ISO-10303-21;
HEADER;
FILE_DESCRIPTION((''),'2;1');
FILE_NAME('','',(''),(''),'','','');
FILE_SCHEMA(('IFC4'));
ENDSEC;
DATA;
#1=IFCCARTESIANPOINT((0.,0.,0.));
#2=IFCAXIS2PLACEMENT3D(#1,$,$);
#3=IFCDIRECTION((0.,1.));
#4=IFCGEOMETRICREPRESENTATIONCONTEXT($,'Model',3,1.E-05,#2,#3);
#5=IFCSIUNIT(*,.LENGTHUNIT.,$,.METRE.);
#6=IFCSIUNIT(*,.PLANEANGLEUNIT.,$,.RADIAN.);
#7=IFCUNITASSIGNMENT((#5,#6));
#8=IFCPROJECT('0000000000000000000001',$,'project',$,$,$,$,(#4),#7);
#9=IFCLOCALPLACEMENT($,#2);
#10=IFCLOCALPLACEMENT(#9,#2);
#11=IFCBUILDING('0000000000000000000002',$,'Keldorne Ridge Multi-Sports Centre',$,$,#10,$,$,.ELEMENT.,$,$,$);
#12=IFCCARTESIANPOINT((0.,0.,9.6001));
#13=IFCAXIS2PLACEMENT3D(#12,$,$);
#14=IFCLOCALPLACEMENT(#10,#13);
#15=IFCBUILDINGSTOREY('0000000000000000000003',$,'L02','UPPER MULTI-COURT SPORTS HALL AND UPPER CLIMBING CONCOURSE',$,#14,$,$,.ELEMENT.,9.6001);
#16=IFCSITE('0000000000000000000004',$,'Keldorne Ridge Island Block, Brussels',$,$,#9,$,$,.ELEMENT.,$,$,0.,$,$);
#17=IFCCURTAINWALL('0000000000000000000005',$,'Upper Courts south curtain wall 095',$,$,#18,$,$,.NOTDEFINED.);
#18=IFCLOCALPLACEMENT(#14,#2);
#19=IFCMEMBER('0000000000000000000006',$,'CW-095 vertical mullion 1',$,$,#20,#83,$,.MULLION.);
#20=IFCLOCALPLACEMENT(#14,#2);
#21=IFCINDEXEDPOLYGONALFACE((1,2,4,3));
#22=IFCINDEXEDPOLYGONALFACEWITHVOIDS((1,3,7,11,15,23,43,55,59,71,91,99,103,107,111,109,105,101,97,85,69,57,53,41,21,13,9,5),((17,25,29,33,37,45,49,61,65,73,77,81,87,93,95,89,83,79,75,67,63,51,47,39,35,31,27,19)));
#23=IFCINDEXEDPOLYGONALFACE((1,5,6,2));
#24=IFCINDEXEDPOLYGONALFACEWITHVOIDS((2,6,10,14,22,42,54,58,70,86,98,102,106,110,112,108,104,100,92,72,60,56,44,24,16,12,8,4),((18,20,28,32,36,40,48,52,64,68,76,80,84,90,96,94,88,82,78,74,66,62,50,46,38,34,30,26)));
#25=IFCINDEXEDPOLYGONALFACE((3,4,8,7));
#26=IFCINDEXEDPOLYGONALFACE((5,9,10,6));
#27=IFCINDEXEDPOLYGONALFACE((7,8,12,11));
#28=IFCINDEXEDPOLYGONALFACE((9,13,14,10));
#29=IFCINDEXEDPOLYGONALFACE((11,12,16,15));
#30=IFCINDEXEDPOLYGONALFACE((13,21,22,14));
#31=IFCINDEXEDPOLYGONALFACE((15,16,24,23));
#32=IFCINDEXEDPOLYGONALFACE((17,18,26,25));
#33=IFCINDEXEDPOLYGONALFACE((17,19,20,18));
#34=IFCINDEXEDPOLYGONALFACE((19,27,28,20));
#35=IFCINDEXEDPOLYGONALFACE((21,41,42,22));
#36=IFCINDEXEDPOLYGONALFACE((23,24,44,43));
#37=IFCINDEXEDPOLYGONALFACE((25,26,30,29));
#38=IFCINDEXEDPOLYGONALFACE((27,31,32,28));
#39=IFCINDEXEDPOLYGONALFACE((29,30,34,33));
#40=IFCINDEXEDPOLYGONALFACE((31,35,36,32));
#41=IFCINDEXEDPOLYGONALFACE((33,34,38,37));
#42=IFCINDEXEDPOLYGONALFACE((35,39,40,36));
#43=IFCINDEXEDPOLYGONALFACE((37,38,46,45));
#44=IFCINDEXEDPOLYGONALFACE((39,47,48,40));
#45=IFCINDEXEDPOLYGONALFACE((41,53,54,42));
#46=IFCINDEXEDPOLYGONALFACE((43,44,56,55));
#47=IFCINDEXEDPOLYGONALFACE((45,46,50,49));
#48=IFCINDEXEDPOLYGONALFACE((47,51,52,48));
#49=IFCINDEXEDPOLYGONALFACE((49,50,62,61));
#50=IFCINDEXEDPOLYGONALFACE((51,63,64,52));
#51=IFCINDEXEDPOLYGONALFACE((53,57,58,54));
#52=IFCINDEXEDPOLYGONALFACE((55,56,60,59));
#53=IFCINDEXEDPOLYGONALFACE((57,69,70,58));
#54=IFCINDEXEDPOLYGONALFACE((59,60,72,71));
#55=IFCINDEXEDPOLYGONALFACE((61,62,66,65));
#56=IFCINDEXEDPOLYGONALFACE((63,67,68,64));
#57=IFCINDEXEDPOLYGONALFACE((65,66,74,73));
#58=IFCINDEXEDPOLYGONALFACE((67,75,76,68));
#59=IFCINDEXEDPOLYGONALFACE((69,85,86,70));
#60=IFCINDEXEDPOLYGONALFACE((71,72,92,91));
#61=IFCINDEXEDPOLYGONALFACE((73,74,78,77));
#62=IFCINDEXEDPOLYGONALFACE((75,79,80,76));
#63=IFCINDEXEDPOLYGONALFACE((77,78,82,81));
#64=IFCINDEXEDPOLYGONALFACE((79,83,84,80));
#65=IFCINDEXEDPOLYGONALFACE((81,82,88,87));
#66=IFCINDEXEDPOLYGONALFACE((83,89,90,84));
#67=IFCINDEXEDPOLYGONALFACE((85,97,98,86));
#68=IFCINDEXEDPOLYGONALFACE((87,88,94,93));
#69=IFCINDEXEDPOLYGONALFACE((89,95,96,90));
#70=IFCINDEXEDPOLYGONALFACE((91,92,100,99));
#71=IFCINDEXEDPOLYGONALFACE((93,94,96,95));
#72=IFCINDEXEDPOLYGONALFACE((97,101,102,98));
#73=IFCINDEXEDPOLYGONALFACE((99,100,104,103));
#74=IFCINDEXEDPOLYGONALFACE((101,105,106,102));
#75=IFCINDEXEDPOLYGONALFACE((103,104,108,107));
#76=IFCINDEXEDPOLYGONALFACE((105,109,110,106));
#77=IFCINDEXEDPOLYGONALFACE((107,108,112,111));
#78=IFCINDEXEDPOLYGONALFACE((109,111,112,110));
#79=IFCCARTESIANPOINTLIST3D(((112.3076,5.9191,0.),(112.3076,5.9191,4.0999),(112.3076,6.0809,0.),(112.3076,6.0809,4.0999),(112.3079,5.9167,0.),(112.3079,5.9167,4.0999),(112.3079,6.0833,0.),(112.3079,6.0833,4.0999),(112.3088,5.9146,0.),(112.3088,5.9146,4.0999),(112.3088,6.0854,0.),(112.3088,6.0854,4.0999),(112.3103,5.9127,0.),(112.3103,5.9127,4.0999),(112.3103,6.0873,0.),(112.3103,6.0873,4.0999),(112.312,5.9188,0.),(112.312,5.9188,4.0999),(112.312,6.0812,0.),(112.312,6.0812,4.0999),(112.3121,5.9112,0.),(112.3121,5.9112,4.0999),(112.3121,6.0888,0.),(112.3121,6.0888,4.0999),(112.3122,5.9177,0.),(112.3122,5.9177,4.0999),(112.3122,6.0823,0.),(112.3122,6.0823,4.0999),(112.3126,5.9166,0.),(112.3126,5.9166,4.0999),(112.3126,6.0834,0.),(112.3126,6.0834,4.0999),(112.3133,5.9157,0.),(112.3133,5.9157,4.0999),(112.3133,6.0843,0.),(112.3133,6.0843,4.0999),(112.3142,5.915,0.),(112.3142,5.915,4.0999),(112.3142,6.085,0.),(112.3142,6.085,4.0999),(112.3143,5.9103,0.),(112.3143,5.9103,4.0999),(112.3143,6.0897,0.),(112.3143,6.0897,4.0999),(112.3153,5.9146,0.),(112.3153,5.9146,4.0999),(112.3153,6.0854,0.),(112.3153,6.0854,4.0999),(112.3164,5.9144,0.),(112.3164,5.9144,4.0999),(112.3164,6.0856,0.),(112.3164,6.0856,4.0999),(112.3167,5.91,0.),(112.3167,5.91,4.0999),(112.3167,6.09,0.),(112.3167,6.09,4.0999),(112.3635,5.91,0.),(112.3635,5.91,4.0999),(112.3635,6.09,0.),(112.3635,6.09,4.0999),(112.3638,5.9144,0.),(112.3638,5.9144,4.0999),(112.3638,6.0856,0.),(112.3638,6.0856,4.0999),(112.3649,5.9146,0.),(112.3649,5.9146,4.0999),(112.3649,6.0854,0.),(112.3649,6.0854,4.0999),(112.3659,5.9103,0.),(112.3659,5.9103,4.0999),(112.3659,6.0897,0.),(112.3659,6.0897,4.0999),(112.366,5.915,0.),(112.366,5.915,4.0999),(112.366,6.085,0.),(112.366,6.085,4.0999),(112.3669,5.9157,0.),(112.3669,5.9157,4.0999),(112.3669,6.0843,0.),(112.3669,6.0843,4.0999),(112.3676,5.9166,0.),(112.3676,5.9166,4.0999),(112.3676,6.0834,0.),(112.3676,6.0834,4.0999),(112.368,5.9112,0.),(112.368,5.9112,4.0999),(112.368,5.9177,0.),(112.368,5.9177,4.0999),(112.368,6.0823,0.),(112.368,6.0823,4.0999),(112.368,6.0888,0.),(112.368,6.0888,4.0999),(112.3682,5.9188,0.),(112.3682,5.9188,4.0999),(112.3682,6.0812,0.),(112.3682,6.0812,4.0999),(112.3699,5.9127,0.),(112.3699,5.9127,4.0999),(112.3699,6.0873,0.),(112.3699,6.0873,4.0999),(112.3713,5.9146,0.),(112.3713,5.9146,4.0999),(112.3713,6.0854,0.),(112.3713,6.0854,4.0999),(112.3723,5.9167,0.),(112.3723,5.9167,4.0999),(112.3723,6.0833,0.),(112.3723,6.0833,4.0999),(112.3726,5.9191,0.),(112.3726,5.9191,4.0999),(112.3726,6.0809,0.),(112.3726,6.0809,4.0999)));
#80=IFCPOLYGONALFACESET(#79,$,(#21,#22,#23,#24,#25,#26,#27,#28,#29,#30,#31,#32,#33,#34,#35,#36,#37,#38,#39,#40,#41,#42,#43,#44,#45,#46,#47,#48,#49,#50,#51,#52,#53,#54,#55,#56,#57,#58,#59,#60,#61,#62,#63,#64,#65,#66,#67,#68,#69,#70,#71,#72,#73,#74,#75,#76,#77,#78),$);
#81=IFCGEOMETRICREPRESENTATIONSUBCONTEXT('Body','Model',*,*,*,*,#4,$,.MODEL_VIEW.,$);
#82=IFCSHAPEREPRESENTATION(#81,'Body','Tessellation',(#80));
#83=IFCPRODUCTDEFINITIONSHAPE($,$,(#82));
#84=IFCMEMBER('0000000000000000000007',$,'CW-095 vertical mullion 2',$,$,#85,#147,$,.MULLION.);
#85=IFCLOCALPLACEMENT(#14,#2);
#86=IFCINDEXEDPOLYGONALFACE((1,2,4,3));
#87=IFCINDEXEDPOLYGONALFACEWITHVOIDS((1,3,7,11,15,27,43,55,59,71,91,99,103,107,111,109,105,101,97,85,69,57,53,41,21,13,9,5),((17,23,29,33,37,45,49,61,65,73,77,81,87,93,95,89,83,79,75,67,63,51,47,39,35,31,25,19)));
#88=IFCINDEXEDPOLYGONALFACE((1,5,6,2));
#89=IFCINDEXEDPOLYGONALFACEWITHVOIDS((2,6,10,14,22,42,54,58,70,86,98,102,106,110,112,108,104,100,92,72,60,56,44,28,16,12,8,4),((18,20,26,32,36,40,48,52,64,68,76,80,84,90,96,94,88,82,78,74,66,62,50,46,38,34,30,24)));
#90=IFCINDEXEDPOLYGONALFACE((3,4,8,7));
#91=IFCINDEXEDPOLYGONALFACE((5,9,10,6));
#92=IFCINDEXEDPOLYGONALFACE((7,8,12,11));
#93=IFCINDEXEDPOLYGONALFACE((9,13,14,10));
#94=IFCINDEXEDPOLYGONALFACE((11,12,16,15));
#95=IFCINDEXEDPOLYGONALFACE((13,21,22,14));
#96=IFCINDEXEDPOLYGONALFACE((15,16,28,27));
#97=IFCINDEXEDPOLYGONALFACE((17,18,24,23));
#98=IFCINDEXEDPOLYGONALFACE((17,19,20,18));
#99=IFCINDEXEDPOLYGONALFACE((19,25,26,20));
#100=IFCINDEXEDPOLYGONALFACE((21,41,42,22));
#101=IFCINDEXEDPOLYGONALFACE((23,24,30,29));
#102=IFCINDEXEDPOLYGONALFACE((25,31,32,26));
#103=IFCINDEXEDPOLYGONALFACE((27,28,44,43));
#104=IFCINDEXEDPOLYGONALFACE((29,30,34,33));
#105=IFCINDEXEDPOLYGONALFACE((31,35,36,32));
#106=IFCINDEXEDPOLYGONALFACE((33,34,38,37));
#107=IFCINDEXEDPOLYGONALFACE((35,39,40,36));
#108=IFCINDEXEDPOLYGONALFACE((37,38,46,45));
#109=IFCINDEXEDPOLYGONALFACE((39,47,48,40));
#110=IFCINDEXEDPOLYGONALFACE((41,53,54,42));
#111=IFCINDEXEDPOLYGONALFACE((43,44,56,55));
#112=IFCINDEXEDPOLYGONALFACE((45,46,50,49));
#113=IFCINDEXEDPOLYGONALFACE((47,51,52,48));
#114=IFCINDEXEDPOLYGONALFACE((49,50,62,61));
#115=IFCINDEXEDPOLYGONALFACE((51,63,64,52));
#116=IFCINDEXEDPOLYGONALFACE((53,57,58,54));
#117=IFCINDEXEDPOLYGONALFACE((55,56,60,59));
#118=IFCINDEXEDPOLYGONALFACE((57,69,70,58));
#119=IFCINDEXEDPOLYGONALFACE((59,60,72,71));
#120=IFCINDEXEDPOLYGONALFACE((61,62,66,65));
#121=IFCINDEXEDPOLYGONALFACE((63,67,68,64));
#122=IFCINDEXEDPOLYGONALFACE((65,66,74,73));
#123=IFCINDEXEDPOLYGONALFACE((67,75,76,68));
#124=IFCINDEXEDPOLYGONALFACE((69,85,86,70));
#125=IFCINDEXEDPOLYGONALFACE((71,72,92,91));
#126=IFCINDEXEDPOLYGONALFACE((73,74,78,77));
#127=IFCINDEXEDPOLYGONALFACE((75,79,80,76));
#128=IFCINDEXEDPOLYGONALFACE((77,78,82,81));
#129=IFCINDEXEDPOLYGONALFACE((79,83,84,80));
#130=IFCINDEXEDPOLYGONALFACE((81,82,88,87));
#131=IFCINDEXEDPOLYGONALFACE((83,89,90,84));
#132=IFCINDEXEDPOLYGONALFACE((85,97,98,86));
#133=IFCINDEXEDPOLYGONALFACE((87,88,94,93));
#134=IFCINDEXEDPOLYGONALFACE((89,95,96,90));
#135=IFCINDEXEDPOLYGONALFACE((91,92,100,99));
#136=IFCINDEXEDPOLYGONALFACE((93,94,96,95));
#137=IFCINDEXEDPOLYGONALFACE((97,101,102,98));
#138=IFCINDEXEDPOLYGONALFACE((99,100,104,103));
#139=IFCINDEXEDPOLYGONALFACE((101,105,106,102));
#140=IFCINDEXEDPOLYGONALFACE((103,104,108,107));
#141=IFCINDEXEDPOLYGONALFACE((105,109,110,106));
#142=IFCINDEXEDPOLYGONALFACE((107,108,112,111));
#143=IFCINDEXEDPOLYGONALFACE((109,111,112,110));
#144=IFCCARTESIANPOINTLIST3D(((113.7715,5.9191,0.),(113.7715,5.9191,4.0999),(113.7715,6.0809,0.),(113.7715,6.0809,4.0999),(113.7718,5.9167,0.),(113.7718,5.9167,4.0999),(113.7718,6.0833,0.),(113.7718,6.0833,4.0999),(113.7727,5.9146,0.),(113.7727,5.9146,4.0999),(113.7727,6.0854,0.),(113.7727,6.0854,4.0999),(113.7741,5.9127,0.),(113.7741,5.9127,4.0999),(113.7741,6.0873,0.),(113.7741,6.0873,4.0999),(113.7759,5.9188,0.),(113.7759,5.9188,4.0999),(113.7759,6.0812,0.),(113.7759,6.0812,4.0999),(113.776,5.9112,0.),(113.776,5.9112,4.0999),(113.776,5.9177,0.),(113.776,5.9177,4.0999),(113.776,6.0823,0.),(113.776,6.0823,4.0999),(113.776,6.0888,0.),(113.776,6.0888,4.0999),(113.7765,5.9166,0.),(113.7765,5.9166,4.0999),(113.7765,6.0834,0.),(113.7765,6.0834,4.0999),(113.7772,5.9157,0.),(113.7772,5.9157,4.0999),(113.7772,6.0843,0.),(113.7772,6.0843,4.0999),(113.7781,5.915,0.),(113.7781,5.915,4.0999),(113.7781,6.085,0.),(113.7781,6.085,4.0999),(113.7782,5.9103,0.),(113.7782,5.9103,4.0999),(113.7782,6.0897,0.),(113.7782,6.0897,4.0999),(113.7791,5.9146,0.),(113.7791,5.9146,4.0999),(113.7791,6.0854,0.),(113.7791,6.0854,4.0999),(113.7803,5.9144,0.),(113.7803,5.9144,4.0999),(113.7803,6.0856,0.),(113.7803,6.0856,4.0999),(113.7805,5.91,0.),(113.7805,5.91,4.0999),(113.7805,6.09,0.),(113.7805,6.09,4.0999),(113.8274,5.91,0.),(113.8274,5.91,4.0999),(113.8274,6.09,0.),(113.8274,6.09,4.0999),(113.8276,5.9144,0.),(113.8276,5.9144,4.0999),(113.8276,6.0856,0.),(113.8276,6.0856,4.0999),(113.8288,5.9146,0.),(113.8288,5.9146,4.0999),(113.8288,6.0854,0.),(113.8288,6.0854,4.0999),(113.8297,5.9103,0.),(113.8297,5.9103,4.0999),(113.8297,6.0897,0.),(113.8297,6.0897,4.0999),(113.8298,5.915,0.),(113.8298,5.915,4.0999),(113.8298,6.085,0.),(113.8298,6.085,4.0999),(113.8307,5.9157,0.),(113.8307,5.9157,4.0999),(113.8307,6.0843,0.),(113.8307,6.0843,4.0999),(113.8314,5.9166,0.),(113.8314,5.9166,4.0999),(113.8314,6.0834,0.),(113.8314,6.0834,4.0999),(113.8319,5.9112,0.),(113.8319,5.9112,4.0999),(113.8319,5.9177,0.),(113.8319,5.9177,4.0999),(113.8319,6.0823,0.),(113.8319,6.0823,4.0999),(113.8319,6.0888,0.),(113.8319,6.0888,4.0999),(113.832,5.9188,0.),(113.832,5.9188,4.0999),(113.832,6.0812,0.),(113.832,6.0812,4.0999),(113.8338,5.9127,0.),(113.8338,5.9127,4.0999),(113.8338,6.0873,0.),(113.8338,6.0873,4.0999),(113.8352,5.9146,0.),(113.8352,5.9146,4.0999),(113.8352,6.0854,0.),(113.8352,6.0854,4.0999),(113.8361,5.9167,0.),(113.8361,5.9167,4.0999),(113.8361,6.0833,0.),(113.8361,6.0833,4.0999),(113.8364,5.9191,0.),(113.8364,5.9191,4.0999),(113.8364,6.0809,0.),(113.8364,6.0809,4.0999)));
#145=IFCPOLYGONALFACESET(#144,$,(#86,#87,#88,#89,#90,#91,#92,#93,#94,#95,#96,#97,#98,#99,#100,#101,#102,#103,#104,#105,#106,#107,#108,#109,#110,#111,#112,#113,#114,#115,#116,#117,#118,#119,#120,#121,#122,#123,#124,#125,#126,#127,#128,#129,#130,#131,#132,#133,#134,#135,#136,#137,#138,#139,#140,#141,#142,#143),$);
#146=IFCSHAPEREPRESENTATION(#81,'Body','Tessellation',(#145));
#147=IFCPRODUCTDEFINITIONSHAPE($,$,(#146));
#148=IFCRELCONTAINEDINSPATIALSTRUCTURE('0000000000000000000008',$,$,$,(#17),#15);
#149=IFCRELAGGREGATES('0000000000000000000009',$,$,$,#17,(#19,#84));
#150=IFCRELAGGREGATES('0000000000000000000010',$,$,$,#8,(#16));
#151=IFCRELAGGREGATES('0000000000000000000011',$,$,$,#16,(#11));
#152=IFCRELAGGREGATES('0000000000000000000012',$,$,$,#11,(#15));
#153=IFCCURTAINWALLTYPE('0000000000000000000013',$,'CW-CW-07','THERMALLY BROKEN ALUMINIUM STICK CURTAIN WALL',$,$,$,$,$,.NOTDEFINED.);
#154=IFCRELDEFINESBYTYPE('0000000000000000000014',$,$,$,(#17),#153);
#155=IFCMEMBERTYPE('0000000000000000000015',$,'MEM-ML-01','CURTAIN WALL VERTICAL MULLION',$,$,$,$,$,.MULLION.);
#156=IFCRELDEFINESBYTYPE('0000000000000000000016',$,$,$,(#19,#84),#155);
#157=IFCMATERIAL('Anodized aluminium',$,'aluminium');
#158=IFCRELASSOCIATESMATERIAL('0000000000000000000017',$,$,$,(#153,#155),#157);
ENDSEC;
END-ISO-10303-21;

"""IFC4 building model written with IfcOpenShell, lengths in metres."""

from ifc_helpers import new_model, si_unit, direction, frame, origin, origin_2d, place, context, subcontext, project, spatial, hollow_rectangle, extrude, material, material_profile, profile_set, type_object, element, aggregate, save


model = new_model("IFC4")

# Units and contexts
model_context = context("Model", 3, precision=1e-05, world=origin(), true_north=direction((0.0, 1.0)))
body_context = subcontext(model_context, "Body", "Model", "MODEL_VIEW")
ifc_project = project(units=[si_unit("LENGTHUNIT", "METRE"), si_unit("PLANEANGLEUNIT", "RADIAN")], contexts=[model_context])

# Site, building, storey
site_placement = place(None, origin())
site = spatial("IfcSite", under=ifc_project, at=site_placement, Name="Keldorne Ridge Island Block, Brussels", CompositionType="ELEMENT", RefElevation=0.0)
building_placement = place(site_placement, origin())
building = spatial("IfcBuilding", under=site, at=building_placement, Name="Keldorne Ridge Multi-Sports Centre", CompositionType="ELEMENT")
storey_placement = place(building_placement, frame((0.0, 0.0, 9.6001)))
storey = spatial("IfcBuildingStorey", under=building, at=storey_placement, Name="L02", Description="UPPER MULTI-COURT SPORTS HALL AND UPPER CLIMBING CONCOURSE", CompositionType="ELEMENT", Elevation=9.6001)

# Curtain wall, members
ifc_material_1 = material(Name="Anodized aluminium", Category="aluminium")
curtain_wall_type = type_object("IfcCurtainWallType", Name="CW-CW-07", Description="THERMALLY BROKEN ALUMINIUM STICK CURTAIN WALL", PredefinedType="NOTDEFINED", material=ifc_material_1)
curtain_wall_placement = place(storey_placement, origin())
curtain_wall = element("IfcCurtainWall", 1, at=curtain_wall_placement, inside=storey, type_object=curtain_wall_type, Name="Upper Courts south curtain wall 095", PredefinedType="NOTDEFINED")
ifc_material_profile_1 = material_profile(ifc_material_1, hollow_rectangle(XDim=0.0649, YDim=0.1799, WallThickness=0.0044, InnerFilletRadius=0.0044, OuterFilletRadius=0.009, at=origin_2d()), Name="ALU MULLION 180x65x4.5")
ifc_profile_set_1 = profile_set([ifc_material_profile_1], Name="Anodized aluminium")
member_type_1 = type_object("IfcMemberType", Name="MEM-ML-01", Description="CURTAIN WALL VERTICAL MULLION", PredefinedType="MULLION", material=ifc_profile_set_1)
member_1_placement = place(storey_placement, frame((112.3401, 6.0, 0.0), z_axis=(0.0, 0.0, 1.0), x_axis=(1.0, 0.0, 0.0)))
member_1 = element("IfcMember", 2, at=member_1_placement, type_object=member_type_1, Name="CW-095 vertical mullion 1", PredefinedType="MULLION", context=body_context, shape_type="SweptSolid", body=[
    extrude(hollow_rectangle(XDim=0.0649, YDim=0.1799, WallThickness=0.0044, InnerFilletRadius=0.0044, OuterFilletRadius=0.009, at=origin_2d()), origin(), (0.0, 0.0, 1.0), 4.0999),
])
member_2_placement = place(storey_placement, frame((113.804, 6.0, 0.0), z_axis=(0.0, 0.0, 1.0), x_axis=(1.0, 0.0, 0.0)))
member_2 = element("IfcMember", 3, at=member_2_placement, type_object=member_type_1, Name="CW-095 vertical mullion 2", PredefinedType="MULLION", context=body_context, shape_type="SweptSolid", body=[
    extrude(hollow_rectangle(XDim=0.0649, YDim=0.1799, WallThickness=0.0044, InnerFilletRadius=0.0044, OuterFilletRadius=0.009, at=origin_2d()), origin(), (0.0, 0.0, 1.0), 4.0999),
])
aggregate(curtain_wall, [member_1, member_2])

save(model, "model.ifc")
